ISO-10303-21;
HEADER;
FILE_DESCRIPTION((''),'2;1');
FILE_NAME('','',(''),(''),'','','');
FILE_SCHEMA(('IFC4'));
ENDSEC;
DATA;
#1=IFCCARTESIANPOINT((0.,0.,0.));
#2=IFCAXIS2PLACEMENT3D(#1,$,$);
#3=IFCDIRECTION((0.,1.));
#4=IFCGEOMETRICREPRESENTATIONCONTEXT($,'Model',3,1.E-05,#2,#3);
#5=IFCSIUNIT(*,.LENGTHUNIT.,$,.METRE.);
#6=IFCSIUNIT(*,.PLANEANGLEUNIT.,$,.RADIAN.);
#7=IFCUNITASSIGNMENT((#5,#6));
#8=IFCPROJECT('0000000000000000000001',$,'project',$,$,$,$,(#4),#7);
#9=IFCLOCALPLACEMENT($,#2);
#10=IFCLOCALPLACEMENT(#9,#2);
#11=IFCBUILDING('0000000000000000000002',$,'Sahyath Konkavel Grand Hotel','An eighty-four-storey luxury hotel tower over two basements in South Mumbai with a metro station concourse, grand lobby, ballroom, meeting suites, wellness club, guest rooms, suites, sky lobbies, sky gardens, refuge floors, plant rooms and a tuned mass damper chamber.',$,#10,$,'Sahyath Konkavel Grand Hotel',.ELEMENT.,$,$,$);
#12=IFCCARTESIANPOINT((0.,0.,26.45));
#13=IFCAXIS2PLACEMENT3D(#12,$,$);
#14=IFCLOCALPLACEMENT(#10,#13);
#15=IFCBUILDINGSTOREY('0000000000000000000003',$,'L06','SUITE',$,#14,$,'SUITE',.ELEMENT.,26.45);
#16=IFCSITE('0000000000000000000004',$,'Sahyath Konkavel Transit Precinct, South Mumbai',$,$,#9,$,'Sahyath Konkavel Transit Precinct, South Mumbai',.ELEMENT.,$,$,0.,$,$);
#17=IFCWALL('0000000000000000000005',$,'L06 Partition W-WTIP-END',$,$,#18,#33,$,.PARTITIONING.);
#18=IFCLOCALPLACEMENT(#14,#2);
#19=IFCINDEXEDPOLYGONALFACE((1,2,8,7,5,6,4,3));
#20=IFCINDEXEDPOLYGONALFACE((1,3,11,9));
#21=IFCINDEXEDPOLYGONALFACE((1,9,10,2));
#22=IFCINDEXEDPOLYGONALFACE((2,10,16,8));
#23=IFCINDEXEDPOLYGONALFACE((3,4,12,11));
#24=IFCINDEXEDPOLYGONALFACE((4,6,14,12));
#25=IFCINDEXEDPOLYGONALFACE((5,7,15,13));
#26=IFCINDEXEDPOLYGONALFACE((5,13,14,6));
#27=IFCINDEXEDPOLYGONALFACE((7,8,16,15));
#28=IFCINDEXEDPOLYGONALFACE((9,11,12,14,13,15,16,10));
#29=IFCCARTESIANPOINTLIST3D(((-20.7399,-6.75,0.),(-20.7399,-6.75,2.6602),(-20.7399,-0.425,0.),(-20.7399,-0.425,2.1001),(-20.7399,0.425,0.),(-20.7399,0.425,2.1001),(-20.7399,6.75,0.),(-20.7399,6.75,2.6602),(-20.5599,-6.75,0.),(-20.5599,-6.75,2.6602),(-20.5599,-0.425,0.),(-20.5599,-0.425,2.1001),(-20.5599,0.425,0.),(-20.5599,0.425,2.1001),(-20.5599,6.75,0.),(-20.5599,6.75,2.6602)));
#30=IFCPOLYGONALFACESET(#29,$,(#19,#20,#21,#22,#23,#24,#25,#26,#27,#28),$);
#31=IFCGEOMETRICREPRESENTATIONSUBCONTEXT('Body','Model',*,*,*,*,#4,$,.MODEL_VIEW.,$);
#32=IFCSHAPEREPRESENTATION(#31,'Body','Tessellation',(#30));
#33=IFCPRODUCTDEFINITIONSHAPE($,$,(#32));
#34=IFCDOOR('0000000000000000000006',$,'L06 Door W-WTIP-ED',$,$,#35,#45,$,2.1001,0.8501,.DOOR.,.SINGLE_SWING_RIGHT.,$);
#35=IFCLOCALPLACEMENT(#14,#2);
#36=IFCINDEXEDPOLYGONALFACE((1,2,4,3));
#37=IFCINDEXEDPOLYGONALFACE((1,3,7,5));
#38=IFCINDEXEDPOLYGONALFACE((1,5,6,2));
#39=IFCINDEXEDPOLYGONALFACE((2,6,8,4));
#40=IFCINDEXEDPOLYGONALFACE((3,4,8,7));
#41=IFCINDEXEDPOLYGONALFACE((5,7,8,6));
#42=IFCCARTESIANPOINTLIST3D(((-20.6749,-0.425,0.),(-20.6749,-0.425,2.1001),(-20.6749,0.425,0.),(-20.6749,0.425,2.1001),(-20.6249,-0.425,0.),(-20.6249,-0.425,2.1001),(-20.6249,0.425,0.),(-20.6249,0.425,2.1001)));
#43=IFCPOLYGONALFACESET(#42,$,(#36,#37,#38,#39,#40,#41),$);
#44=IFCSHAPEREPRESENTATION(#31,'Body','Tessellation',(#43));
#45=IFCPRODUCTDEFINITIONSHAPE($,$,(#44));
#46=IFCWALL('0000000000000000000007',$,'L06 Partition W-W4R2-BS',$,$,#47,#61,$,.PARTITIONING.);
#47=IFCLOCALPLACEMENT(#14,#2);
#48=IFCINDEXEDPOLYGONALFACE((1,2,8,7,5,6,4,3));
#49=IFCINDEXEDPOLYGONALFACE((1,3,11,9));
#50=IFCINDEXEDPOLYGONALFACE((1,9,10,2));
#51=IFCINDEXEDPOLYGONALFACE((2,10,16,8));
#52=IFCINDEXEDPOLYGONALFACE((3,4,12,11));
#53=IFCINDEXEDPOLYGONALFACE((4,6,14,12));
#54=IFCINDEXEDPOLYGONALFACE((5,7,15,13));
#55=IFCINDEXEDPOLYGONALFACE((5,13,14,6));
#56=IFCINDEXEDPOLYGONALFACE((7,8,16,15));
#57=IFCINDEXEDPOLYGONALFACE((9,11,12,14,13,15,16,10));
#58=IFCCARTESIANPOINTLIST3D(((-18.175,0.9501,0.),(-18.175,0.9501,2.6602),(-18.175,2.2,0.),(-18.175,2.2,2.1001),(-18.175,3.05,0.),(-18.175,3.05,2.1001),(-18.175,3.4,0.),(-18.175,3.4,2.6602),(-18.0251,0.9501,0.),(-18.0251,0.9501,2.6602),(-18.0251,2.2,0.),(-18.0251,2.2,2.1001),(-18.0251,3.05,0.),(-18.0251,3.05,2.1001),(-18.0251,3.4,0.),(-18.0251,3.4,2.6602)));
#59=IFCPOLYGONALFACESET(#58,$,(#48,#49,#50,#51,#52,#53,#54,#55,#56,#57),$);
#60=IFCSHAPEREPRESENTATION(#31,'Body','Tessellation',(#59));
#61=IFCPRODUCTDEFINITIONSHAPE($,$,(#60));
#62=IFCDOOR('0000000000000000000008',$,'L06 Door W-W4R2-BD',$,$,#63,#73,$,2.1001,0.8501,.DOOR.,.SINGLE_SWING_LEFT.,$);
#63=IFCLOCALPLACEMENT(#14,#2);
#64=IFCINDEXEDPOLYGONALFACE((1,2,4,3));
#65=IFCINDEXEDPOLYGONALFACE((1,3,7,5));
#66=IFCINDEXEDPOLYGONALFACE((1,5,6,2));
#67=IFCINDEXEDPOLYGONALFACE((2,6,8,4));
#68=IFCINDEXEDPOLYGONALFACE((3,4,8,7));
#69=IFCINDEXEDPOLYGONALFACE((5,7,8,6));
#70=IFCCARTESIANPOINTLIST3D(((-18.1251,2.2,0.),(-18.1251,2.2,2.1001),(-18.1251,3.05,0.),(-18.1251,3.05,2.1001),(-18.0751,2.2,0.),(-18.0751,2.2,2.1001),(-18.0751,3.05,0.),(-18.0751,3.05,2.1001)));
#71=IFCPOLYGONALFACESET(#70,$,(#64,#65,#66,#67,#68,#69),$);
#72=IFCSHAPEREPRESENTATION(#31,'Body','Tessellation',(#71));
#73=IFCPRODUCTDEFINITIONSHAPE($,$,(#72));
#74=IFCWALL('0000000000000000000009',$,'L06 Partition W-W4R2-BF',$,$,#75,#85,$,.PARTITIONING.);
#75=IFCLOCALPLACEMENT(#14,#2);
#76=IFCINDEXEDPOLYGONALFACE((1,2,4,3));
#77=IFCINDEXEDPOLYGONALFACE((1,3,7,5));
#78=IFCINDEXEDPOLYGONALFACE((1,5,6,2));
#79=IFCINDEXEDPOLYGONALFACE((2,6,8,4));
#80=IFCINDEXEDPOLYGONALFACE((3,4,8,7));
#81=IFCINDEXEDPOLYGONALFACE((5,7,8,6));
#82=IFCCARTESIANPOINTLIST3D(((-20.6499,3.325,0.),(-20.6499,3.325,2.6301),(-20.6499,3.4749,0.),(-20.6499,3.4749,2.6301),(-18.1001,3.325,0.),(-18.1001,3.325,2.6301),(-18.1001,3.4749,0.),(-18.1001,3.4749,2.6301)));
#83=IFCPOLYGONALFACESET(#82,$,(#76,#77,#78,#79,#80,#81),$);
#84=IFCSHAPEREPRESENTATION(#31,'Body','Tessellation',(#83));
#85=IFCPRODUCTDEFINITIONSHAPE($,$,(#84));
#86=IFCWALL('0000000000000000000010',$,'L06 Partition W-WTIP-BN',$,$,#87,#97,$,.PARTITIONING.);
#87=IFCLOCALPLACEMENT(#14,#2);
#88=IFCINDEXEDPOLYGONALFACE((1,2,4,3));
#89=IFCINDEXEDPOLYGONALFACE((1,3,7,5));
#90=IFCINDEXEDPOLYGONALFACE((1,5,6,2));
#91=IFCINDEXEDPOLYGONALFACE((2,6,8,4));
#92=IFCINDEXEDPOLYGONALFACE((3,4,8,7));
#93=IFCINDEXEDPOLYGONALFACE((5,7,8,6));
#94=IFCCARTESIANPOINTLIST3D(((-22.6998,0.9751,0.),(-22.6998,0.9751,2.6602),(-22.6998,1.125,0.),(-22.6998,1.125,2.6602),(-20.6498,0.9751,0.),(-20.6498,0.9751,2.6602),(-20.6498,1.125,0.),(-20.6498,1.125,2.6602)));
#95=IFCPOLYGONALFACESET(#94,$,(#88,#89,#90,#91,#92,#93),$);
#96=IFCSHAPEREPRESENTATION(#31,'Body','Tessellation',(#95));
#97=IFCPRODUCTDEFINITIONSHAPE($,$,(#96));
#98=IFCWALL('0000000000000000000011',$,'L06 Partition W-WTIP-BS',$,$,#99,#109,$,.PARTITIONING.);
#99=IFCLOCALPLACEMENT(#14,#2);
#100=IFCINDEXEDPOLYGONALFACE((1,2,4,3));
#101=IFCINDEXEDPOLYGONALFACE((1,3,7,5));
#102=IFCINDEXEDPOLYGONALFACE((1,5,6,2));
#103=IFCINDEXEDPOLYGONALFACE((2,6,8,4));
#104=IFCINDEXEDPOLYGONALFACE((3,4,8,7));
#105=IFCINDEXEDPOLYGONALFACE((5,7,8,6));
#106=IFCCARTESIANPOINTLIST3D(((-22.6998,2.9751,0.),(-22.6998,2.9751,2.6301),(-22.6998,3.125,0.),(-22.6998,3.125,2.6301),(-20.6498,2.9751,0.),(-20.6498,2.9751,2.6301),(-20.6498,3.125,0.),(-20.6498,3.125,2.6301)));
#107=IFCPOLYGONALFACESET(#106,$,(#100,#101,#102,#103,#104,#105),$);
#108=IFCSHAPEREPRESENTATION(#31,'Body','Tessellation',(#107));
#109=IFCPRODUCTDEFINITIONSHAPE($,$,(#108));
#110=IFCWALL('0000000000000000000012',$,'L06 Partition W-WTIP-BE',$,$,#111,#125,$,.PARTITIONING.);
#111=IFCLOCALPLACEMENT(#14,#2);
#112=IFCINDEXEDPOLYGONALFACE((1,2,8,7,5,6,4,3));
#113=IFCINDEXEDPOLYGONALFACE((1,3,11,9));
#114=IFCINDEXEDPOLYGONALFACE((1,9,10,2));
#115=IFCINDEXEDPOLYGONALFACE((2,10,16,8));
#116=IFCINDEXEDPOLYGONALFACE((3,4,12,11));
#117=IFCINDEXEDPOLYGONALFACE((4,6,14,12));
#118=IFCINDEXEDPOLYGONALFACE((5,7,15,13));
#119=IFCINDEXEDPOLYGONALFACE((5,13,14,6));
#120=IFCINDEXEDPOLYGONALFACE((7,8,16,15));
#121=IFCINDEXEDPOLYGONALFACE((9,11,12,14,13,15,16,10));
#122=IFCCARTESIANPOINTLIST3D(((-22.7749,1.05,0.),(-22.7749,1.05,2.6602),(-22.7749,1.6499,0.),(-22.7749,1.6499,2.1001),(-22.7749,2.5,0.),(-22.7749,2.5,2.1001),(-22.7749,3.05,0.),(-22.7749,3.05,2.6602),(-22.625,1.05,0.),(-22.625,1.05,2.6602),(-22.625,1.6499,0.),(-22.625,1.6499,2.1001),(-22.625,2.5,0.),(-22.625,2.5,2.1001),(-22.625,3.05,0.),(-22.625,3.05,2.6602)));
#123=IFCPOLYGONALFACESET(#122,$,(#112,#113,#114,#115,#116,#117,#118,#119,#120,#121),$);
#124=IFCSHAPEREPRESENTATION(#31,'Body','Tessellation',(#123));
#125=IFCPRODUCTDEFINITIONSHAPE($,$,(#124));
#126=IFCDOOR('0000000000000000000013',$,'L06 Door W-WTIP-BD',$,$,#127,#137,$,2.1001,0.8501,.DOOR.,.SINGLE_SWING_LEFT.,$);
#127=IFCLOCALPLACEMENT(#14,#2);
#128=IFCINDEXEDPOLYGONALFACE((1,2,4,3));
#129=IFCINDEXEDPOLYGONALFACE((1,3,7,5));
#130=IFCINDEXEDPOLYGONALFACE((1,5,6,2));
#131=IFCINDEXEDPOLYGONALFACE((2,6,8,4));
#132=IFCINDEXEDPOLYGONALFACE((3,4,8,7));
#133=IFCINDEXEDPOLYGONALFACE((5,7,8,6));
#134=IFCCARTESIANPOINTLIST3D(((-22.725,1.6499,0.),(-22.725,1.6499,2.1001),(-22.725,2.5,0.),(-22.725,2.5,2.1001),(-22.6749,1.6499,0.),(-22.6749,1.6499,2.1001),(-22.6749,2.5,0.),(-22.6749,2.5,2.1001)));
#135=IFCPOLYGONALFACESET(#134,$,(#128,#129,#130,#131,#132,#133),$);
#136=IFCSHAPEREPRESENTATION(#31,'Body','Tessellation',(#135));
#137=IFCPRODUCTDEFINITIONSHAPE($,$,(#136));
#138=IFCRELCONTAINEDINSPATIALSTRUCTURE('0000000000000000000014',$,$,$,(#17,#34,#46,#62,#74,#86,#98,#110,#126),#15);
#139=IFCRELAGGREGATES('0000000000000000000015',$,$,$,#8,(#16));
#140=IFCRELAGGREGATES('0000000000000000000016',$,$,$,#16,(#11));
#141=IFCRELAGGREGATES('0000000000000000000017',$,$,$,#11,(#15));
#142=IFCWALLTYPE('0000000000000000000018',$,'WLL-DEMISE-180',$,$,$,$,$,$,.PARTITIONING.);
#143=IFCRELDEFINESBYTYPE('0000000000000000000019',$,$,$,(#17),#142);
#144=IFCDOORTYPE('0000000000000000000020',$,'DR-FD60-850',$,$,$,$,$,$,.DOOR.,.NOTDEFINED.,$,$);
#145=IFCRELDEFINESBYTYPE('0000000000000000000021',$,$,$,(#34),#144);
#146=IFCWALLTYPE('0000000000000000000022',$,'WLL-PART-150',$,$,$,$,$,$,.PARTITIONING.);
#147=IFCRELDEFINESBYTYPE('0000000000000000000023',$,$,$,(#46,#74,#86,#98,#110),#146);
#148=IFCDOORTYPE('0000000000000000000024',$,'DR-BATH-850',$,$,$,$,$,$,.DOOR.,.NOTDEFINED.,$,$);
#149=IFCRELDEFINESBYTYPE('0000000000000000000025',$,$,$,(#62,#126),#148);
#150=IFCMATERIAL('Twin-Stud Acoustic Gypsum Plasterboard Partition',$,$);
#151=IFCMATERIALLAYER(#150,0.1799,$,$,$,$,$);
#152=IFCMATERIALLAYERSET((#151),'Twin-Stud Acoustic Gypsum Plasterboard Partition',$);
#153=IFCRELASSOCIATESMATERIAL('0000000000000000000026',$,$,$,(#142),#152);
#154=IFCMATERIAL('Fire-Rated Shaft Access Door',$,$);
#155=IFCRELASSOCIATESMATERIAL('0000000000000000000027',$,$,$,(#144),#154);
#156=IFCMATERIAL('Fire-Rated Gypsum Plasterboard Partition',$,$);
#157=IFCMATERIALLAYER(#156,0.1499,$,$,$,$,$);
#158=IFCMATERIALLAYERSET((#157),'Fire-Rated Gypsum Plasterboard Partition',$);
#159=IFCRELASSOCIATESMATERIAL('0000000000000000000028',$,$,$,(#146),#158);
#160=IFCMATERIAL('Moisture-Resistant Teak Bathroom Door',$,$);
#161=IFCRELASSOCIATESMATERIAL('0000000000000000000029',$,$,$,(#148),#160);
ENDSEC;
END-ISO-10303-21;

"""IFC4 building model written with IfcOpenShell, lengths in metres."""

from ifc_helpers import new_model, si_unit, direction, frame, frame_2d, origin, origin_2d, place, context, subcontext, project, spatial, rectangle, extrude, source, transform, mapped, material, layer, layer_set, type_object, element, fill, save


model = new_model("IFC4")

# Units and contexts
model_context = context("Model", 3, precision=1e-05, world=origin(), true_north=direction((0.0, 1.0)))
body_context = subcontext(model_context, "Body", "Model", "MODEL_VIEW")
ifc_project = project(units=[si_unit("LENGTHUNIT", "METRE"), si_unit("PLANEANGLEUNIT", "RADIAN")], contexts=[model_context])

# Site, building, storey
site_placement = place(None, origin())
site = spatial("IfcSite", under=ifc_project, at=site_placement, Name="Sahyath Konkavel Transit Precinct, South Mumbai", LongName="Sahyath Konkavel Transit Precinct, South Mumbai", CompositionType="ELEMENT", RefElevation=0.0)
building_placement = place(site_placement, origin())
building = spatial("IfcBuilding", under=site, at=building_placement, Name="Sahyath Konkavel Grand Hotel", Description="An eighty-four-storey luxury hotel tower over two basements in South Mumbai with a metro station concourse, grand lobby, ballroom, meeting suites, wellness club, guest rooms, suites, sky lobbies, sky gardens, refuge floors, plant rooms and a tuned mass damper chamber.", LongName="Sahyath Konkavel Grand Hotel", CompositionType="ELEMENT")
storey_placement = place(building_placement, frame((0.0, 0.0, 26.45)))
storey = spatial("IfcBuildingStorey", under=building, at=storey_placement, Name="L06", Description="SUITE", LongName="SUITE", CompositionType="ELEMENT", Elevation=26.45)

# Walls, openings, doors
ifc_material_1 = material(Name="Twin-Stud Acoustic Gypsum Plasterboard Partition")
ifc_layer_1 = layer(ifc_material_1, 0.1799)
ifc_layer_set_1 = layer_set([ifc_layer_1], Name="Twin-Stud Acoustic Gypsum Plasterboard Partition")
wall_type_1 = type_object("IfcWallType", Name="WLL-DEMISE-180", PredefinedType="PARTITIONING", material=ifc_layer_set_1)
wall_1_placement = place(storey_placement, frame((-20.6499, 6.75, 0.0), z_axis=(0.0, 0.0, 1.0), x_axis=(0.0, -1.0, 0.0)))
wall_1 = element("IfcWall", 1, at=wall_1_placement, inside=storey, type_object=wall_type_1, Name="L06 Partition W-WTIP-END", PredefinedType="PARTITIONING", context=body_context, shape_type="SweptSolid", body=[
    extrude(rectangle(XDim=13.5, YDim=0.1799, at=frame_2d((6.75, 0.0))), origin(), (0.0, 0.0, 1.0), 2.6602),
])
opening_1_placement = place(wall_1_placement, frame((6.325, 0.0, 0.0)))
opening_1 = element("IfcOpeningElement", 2, at=opening_1_placement, cuts=wall_1, PredefinedType="OPENING", context=body_context, shape_type="SweptSolid", body=[
    extrude(rectangle(XDim=0.8501, YDim=2.1001, at=frame_2d((0.425, 1.05))), frame((0.0, 0.1001, 0.0), z_axis=(0.0, -1.0, 0.0), x_axis=(1.0, 0.0, 0.0)), (0.0, 0.0, 1.0), 0.2),
])
ifc_material_2 = material(Name="Fire-Rated Shaft Access Door")
door_type_1 = type_object("IfcDoorType", Name="DR-FD60-850", OperationType="NOTDEFINED", PredefinedType="DOOR", material=ifc_material_2)
shared_shape_1 = source(origin(), body_context, "Body", "SweptSolid", [
    extrude(rectangle(XDim=0.8501, YDim=0.05, at=origin_2d()), origin(), (0.0, 0.0, 1.0), 2.1001),
])
door_1_placement = place(opening_1_placement, frame((0.425, 0.0, 0.0)))
door_1 = element("IfcDoor", 3, at=door_1_placement, inside=storey, type_object=door_type_1, Name="L06 Door W-WTIP-ED", OperationType="SINGLE_SWING_RIGHT", OverallHeight=2.1001, OverallWidth=0.8501, PredefinedType="DOOR", context=body_context, shape_type="MappedRepresentation", body=[
    mapped(shared_shape_1, transform((0.0, 0.0, 0.0), scale=1.0)),
])
fill(opening_1, door_1)
ifc_material_3 = material(Name="Fire-Rated Gypsum Plasterboard Partition")
ifc_layer_2 = layer(ifc_material_3, 0.1499)
ifc_layer_set_2 = layer_set([ifc_layer_2], Name="Fire-Rated Gypsum Plasterboard Partition")
wall_type_2 = type_object("IfcWallType", Name="WLL-PART-150", PredefinedType="PARTITIONING", material=ifc_layer_set_2)
wall_2_placement = place(storey_placement, frame((-18.1001, 0.95, 0.0), z_axis=(0.0, 0.0, 1.0), x_axis=(0.0, 1.0, 0.0)))
wall_2 = element("IfcWall", 4, at=wall_2_placement, inside=storey, type_object=wall_type_2, Name="L06 Partition W-W4R2-BS", PredefinedType="PARTITIONING", context=body_context, shape_type="SweptSolid", body=[
    extrude(rectangle(XDim=2.45, YDim=0.1499, at=frame_2d((1.2251, 0.0))), origin(), (0.0, 0.0, 1.0), 2.6602),
])
opening_2_placement = place(wall_2_placement, frame((1.25, 0.0, 0.0)))
opening_2 = element("IfcOpeningElement", 5, at=opening_2_placement, cuts=wall_2, PredefinedType="OPENING", context=body_context, shape_type="SweptSolid", body=[
    extrude(rectangle(XDim=0.8501, YDim=2.1001, at=frame_2d((0.425, 1.05))), frame((0.0, 0.085, 0.0), z_axis=(0.0, -1.0, 0.0), x_axis=(1.0, 0.0, 0.0)), (0.0, 0.0, 1.0), 0.1699),
])
ifc_material_4 = material(Name="Moisture-Resistant Teak Bathroom Door")
door_type_2 = type_object("IfcDoorType", Name="DR-BATH-850", OperationType="NOTDEFINED", PredefinedType="DOOR", material=ifc_material_4)
door_2_placement = place(opening_2_placement, frame((0.425, 0.0, 0.0)))
door_2 = element("IfcDoor", 6, at=door_2_placement, inside=storey, type_object=door_type_2, Name="L06 Door W-W4R2-BD", OperationType="SINGLE_SWING_LEFT", OverallHeight=2.1001, OverallWidth=0.8501, PredefinedType="DOOR", context=body_context, shape_type="MappedRepresentation", body=[
    mapped(shared_shape_1, transform((0.0, 0.0, 0.0), scale=1.0)),
])
fill(opening_2, door_2)

# Walls
wall_3_placement = place(storey_placement, frame((-18.1001, 3.3999, 0.0), z_axis=(0.0, 0.0, 1.0), x_axis=(-1.0, 0.0, 0.0)))
element("IfcWall", 7, at=wall_3_placement, inside=storey, type_object=wall_type_2, Name="L06 Partition W-W4R2-BF", PredefinedType="PARTITIONING", context=body_context, shape_type="SweptSolid", body=[
    extrude(rectangle(XDim=2.5498, YDim=0.1499, at=frame_2d((1.2749, 0.0))), origin(), (0.0, 0.0, 1.0), 2.6301),
])
wall_4_placement = place(storey_placement, frame((-20.6499, 1.05, 0.0), z_axis=(0.0, 0.0, 1.0), x_axis=(-1.0, 0.0, 0.0)))
element("IfcWall", 8, at=wall_4_placement, inside=storey, type_object=wall_type_2, Name="L06 Partition W-WTIP-BN", PredefinedType="PARTITIONING", context=body_context, shape_type="SweptSolid", body=[
    extrude(rectangle(XDim=2.05, YDim=0.1499, at=frame_2d((1.0249, 0.0))), origin(), (0.0, 0.0, 1.0), 2.6602),
])
wall_5_placement = place(storey_placement, frame((-20.6499, 3.05, 0.0), z_axis=(0.0, 0.0, 1.0), x_axis=(-1.0, 0.0, 0.0)))
element("IfcWall", 9, at=wall_5_placement, inside=storey, type_object=wall_type_2, Name="L06 Partition W-WTIP-BS", PredefinedType="PARTITIONING", context=body_context, shape_type="SweptSolid", body=[
    extrude(rectangle(XDim=2.05, YDim=0.1499, at=frame_2d((1.0249, 0.0))), origin(), (0.0, 0.0, 1.0), 2.6301),
])

# Wall, opening, door
wall_6_placement = place(storey_placement, frame((-22.7, 3.05, 0.0), z_axis=(0.0, 0.0, 1.0), x_axis=(0.0, -1.0, 0.0)))
wall_6 = element("IfcWall", 10, at=wall_6_placement, inside=storey, type_object=wall_type_2, Name="L06 Partition W-WTIP-BE", PredefinedType="PARTITIONING", context=body_context, shape_type="SweptSolid", body=[
    extrude(rectangle(XDim=2.0, YDim=0.1499, at=frame_2d((1.0, 0.0))), origin(), (0.0, 0.0, 1.0), 2.6602),
])
opening_3_placement = place(wall_6_placement, frame((0.55, 0.0, 0.0)))
opening_3 = element("IfcOpeningElement", 11, at=opening_3_placement, cuts=wall_6, PredefinedType="OPENING", context=body_context, shape_type="SweptSolid", body=[
    extrude(rectangle(XDim=0.8501, YDim=2.1001, at=frame_2d((0.425, 1.05))), frame((0.0, 0.085, 0.0), z_axis=(0.0, -1.0, 0.0), x_axis=(1.0, 0.0, 0.0)), (0.0, 0.0, 1.0), 0.1699),
])
door_3_placement = place(opening_3_placement, frame((0.425, 0.0, 0.0)))
door_3 = element("IfcDoor", 12, at=door_3_placement, inside=storey, type_object=door_type_2, Name="L06 Door W-WTIP-BD", OperationType="SINGLE_SWING_LEFT", OverallHeight=2.1001, OverallWidth=0.8501, PredefinedType="DOOR", context=body_context, shape_type="MappedRepresentation", body=[
    mapped(shared_shape_1, transform((0.0, 0.0, 0.0), scale=1.0)),
])
fill(opening_3, door_3)

save(model, "model.ifc")
